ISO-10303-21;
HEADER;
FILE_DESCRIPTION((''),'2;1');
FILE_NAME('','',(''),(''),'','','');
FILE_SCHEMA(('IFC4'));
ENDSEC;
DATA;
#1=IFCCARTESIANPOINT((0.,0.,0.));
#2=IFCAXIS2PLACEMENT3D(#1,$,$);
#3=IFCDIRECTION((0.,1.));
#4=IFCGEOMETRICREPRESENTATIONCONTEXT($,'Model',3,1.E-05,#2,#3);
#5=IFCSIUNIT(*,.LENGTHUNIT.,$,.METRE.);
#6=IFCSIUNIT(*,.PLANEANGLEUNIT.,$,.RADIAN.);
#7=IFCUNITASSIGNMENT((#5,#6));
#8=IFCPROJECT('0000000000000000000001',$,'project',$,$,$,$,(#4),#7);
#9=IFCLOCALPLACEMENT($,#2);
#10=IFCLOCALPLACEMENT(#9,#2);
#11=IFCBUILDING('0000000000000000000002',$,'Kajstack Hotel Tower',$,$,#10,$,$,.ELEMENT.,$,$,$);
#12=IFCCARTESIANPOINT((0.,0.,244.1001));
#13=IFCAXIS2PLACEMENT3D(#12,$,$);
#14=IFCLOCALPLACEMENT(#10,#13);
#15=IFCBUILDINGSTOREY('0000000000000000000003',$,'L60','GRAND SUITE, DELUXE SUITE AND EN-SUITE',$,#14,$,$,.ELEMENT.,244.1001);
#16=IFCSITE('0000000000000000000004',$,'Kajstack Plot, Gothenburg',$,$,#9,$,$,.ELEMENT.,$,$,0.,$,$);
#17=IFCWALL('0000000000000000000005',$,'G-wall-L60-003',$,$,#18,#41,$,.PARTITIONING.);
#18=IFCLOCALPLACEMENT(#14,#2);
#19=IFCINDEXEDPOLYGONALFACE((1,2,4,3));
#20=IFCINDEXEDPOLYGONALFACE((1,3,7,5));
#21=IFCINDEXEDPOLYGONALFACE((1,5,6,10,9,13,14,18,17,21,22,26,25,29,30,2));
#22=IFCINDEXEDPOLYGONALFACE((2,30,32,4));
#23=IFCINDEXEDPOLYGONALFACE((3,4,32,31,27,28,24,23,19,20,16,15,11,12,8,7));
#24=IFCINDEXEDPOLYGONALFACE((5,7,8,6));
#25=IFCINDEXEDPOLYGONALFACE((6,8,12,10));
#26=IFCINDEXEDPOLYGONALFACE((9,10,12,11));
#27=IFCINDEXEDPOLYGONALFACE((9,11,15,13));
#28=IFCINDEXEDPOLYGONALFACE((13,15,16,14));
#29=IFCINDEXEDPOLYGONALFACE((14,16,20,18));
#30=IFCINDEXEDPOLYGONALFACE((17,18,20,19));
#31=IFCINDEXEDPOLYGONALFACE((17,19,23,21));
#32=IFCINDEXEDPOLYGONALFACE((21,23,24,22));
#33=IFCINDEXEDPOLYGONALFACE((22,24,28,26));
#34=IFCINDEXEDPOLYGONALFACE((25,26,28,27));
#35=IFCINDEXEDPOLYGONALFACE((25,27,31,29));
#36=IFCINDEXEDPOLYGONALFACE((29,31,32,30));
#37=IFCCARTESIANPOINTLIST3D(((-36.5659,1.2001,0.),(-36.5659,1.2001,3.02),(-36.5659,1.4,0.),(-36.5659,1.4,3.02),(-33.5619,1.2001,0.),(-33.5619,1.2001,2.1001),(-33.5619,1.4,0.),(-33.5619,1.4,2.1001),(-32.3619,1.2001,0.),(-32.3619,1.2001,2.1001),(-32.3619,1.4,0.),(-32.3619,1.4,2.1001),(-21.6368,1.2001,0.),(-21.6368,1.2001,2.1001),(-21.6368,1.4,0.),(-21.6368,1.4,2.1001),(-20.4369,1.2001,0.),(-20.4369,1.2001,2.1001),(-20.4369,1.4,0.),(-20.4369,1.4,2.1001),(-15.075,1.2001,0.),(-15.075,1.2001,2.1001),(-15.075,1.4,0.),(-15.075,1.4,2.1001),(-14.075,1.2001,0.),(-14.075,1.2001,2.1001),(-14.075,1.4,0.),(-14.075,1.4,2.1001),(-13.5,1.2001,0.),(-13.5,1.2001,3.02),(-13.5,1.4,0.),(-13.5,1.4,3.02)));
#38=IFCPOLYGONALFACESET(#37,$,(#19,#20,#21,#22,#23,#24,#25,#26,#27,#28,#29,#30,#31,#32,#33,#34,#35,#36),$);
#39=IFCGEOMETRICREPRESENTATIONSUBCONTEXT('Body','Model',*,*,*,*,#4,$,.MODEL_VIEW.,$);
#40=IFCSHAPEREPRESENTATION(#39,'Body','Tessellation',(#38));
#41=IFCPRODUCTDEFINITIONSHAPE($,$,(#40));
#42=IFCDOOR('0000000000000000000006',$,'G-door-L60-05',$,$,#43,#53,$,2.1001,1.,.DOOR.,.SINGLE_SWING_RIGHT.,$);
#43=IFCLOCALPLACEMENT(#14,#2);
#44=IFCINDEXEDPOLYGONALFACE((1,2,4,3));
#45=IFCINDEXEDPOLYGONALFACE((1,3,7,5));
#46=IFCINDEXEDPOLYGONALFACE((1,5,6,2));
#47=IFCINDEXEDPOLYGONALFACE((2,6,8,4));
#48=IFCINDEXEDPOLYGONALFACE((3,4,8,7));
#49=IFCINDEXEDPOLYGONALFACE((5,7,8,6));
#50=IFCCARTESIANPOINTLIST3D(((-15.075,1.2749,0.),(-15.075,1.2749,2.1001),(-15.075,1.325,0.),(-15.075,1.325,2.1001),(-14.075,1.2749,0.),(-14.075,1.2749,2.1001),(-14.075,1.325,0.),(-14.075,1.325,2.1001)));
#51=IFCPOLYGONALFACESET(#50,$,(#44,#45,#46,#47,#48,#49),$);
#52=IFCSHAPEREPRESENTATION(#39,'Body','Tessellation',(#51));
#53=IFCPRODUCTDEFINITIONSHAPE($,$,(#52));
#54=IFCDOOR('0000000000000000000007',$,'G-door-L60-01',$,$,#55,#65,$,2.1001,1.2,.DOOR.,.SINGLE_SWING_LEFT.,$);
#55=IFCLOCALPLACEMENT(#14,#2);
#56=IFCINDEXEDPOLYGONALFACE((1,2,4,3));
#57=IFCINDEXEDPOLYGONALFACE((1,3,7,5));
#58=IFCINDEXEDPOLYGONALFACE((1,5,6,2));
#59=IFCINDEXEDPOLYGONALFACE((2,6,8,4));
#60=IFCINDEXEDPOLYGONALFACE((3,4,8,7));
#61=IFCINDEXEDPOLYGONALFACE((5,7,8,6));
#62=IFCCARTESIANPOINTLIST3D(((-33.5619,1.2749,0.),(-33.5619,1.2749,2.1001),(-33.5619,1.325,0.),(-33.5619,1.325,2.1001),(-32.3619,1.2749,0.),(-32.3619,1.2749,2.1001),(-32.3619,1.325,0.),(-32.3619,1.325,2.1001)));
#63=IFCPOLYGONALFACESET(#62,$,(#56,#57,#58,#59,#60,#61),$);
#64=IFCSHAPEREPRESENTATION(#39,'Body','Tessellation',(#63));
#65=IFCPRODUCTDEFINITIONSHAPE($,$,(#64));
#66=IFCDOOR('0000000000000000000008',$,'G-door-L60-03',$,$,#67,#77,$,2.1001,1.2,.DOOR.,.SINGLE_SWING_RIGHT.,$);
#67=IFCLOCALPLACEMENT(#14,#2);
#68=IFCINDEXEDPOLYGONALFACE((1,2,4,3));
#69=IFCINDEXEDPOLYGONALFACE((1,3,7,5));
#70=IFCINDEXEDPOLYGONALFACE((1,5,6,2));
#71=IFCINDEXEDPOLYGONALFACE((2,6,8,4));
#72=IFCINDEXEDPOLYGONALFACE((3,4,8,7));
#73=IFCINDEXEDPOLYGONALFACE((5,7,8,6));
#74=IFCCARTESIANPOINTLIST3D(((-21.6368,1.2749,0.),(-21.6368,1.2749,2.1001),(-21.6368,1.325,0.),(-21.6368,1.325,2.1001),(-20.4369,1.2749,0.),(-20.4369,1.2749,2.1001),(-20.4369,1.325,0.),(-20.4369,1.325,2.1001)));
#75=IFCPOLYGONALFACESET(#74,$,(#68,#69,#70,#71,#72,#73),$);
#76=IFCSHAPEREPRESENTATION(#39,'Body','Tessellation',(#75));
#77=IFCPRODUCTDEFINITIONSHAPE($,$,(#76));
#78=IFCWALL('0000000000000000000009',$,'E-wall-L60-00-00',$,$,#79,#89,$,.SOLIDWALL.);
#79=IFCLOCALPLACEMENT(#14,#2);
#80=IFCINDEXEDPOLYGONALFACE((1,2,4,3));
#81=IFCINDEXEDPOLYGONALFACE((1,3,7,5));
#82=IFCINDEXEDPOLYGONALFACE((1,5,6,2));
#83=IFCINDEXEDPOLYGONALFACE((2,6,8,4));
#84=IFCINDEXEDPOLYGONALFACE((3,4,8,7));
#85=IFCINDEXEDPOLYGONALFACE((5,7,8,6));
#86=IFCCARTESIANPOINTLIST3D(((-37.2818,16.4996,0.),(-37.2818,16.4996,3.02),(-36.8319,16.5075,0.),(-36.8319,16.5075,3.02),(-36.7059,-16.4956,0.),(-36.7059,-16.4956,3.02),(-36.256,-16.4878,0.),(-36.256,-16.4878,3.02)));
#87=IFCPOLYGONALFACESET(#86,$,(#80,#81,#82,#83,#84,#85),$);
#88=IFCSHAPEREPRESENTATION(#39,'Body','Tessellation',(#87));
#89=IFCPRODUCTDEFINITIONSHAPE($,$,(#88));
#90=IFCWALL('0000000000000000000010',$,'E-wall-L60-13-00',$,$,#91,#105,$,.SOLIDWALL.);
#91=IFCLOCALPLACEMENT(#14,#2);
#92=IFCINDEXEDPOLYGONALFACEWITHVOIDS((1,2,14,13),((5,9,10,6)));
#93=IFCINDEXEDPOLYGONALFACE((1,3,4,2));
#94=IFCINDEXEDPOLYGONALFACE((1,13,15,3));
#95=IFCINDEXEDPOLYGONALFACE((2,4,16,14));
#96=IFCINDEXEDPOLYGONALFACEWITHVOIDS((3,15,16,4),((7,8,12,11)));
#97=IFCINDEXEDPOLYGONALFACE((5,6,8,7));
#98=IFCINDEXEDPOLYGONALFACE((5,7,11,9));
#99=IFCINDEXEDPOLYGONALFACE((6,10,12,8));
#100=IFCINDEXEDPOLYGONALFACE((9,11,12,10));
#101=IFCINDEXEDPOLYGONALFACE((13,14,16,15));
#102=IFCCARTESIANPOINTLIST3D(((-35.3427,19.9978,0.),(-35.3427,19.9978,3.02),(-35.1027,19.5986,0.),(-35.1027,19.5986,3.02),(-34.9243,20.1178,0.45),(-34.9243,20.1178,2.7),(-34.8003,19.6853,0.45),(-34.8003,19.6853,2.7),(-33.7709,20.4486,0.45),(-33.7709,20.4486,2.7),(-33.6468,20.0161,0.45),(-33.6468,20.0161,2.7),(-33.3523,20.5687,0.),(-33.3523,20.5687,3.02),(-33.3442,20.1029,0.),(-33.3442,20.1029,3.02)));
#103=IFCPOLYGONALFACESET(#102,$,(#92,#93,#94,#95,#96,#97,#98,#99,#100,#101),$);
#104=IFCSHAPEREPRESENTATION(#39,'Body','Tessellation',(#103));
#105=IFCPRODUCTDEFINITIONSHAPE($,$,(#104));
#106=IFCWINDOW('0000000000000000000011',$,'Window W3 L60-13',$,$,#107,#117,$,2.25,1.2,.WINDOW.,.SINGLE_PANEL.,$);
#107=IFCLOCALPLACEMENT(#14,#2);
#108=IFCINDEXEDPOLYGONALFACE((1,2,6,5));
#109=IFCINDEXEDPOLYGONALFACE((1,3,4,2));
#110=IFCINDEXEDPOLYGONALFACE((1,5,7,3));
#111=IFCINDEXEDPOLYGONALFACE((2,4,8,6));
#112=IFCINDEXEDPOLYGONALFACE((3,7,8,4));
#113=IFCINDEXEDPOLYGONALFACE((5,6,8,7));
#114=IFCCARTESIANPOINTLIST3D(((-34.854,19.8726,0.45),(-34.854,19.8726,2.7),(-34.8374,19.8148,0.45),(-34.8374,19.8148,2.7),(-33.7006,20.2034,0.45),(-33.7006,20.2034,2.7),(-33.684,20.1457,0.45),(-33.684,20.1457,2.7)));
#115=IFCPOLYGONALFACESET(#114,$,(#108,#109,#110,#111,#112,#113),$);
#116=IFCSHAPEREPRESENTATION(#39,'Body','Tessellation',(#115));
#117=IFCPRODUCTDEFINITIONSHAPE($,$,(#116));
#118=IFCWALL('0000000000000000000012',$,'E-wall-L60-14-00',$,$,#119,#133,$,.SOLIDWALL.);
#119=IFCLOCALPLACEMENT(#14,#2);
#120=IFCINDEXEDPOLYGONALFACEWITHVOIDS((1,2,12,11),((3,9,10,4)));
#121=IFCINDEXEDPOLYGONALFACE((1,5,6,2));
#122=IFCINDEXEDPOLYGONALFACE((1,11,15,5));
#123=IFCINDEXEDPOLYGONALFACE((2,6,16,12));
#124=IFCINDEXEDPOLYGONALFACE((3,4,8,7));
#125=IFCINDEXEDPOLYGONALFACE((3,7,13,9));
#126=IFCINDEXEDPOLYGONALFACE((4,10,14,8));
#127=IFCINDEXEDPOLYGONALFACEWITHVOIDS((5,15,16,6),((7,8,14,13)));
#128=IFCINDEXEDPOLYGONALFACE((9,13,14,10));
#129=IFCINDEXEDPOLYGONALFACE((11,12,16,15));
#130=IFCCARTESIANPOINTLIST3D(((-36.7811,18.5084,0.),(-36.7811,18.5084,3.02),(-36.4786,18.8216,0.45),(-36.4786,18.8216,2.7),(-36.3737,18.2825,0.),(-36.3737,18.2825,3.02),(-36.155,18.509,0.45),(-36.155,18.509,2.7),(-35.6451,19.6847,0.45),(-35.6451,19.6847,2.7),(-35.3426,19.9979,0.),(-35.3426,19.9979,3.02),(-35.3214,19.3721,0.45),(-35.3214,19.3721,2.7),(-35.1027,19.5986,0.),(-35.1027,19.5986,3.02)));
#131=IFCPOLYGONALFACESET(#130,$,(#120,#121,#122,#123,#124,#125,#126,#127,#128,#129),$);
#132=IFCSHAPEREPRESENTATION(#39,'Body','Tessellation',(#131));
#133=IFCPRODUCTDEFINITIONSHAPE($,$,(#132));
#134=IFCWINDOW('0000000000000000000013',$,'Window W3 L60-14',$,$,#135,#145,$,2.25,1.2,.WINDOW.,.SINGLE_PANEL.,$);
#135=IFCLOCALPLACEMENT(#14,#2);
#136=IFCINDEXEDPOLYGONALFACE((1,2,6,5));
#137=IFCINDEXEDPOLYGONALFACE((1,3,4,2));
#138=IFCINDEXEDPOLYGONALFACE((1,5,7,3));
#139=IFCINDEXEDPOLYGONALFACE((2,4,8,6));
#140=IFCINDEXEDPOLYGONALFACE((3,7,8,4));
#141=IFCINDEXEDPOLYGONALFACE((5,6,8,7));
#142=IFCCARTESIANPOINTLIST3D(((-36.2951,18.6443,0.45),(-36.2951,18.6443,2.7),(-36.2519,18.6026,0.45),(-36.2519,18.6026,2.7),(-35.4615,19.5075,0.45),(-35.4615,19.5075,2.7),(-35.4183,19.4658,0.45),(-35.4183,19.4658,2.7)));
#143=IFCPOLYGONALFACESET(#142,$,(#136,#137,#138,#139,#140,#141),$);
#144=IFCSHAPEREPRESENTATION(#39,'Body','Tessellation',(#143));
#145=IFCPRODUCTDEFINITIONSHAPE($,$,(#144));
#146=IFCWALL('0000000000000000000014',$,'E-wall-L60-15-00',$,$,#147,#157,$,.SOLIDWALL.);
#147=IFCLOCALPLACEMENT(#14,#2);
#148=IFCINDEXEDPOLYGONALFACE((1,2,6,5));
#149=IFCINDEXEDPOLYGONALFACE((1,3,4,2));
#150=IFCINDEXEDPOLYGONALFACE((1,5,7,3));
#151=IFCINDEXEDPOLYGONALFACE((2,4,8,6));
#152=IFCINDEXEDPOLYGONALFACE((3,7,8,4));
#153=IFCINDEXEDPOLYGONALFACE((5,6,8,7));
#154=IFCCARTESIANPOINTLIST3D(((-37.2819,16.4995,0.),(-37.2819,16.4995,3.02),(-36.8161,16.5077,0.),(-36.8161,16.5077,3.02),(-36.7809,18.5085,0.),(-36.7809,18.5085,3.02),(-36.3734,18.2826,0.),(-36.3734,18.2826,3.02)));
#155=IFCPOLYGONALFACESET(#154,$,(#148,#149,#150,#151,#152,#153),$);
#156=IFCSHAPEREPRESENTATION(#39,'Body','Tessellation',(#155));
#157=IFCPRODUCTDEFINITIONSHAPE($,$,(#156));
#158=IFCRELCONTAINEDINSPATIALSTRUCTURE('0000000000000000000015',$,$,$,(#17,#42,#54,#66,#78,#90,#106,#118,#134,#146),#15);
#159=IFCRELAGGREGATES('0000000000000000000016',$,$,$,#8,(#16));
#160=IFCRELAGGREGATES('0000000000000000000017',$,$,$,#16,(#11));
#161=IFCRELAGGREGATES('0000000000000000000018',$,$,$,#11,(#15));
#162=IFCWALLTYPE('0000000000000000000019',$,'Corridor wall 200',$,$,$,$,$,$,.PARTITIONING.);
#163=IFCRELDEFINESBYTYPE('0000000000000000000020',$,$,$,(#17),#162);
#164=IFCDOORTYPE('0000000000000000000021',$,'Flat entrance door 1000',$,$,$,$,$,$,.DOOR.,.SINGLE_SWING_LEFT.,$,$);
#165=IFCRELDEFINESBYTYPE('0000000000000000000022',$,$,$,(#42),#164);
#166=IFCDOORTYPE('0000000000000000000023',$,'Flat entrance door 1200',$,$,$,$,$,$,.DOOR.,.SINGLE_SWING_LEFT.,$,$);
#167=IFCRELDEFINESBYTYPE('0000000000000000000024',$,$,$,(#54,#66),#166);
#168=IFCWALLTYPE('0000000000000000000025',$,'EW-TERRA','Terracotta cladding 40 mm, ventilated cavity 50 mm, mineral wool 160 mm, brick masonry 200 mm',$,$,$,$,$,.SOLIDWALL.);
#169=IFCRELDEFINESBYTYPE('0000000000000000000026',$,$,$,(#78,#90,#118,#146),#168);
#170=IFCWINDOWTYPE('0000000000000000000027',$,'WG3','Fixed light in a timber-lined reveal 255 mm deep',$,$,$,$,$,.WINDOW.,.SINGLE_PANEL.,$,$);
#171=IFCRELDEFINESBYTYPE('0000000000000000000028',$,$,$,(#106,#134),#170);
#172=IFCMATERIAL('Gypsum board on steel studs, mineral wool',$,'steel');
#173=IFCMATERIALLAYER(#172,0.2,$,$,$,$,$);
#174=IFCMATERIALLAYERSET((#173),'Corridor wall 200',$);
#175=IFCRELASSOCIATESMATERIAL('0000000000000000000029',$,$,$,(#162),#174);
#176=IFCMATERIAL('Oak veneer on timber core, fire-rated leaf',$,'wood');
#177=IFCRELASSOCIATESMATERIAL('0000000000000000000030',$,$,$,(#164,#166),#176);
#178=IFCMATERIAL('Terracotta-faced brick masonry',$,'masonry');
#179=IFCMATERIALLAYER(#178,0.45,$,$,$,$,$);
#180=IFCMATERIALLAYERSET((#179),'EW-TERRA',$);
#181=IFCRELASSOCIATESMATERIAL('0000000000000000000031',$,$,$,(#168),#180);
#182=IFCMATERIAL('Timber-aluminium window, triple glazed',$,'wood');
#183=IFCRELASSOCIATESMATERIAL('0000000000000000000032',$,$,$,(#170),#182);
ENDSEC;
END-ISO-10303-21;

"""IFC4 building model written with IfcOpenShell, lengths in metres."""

from ifc_helpers import new_model, si_unit, direction, frame, frame_2d, origin, place, context, subcontext, project, spatial, polyline, rectangle, outline, extrude, material, layer, layer_set, type_object, element, fill, save


model = new_model("IFC4")

# Units and contexts
model_context = context("Model", 3, precision=1e-05, world=origin(), true_north=direction((0.0, 1.0)))
body_context = subcontext(model_context, "Body", "Model", "MODEL_VIEW")
ifc_project = project(units=[si_unit("LENGTHUNIT", "METRE"), si_unit("PLANEANGLEUNIT", "RADIAN")], contexts=[model_context])

# Site, building, storey
site_placement = place(None, origin())
site = spatial("IfcSite", under=ifc_project, at=site_placement, Name="Kajstack Plot, Gothenburg", CompositionType="ELEMENT", RefElevation=0.0)
building_placement = place(site_placement, origin())
building = spatial("IfcBuilding", under=site, at=building_placement, Name="Kajstack Hotel Tower", CompositionType="ELEMENT")
storey_placement = place(building_placement, frame((0.0, 0.0, 244.1001)))
storey = spatial("IfcBuildingStorey", under=building, at=storey_placement, Name="L60", Description="GRAND SUITE, DELUXE SUITE AND EN-SUITE", CompositionType="ELEMENT", Elevation=244.1001)

# Wall, openings, doors
ifc_material_1 = material(Name="Gypsum board on steel studs, mineral wool", Category="steel")
ifc_layer_1 = layer(ifc_material_1, 0.2)
ifc_layer_set_1 = layer_set([ifc_layer_1], Name="Corridor wall 200")
wall_type_1 = type_object("IfcWallType", Name="Corridor wall 200", PredefinedType="PARTITIONING", material=ifc_layer_set_1)
wall_1_placement = place(storey_placement, frame((-36.5659, 1.3, 0.0), z_axis=(0.0, 0.0, 1.0), x_axis=(1.0, 0.0, 0.0)))
wall_1 = element("IfcWall", 1, at=wall_1_placement, inside=storey, type_object=wall_type_1, Name="G-wall-L60-003", PredefinedType="PARTITIONING", context=body_context, shape_type="SweptSolid", body=[
    extrude(rectangle(XDim=23.0659, YDim=0.2, at=frame_2d((11.533, 0.0))), origin(), (0.0, 0.0, 1.0), 3.02),
])
opening_1_placement = place(wall_1_placement, frame((3.0039, 0.0, 0.0)))
opening_1 = element("IfcOpeningElement", 2, at=opening_1_placement, cuts=wall_1, PredefinedType="OPENING", context=body_context, shape_type="SweptSolid", body=[
    extrude(rectangle(XDim=1.2, YDim=2.1001, at=frame_2d((0.6001, 1.05))), frame((0.0, 0.1099, 0.0), z_axis=(0.0, -1.0, 0.0), x_axis=(1.0, 0.0, 0.0)), (0.0, 0.0, 1.0), 0.22),
])
opening_2_placement = place(wall_1_placement, frame((14.929, 0.0, 0.0)))
opening_2 = element("IfcOpeningElement", 3, at=opening_2_placement, cuts=wall_1, PredefinedType="OPENING", context=body_context, shape_type="SweptSolid", body=[
    extrude(rectangle(XDim=1.2, YDim=2.1001, at=frame_2d((0.6001, 1.05))), frame((0.0, 0.1099, 0.0), z_axis=(0.0, -1.0, 0.0), x_axis=(1.0, 0.0, 0.0)), (0.0, 0.0, 1.0), 0.22),
])
opening_3_placement = place(wall_1_placement, frame((21.491, 0.0, 0.0)))
opening_3 = element("IfcOpeningElement", 4, at=opening_3_placement, cuts=wall_1, PredefinedType="OPENING", context=body_context, shape_type="SweptSolid", body=[
    extrude(rectangle(XDim=1.0, YDim=2.1001, at=frame_2d((0.5, 1.05))), frame((0.0, 0.1099, 0.0), z_axis=(0.0, -1.0, 0.0), x_axis=(1.0, 0.0, 0.0)), (0.0, 0.0, 1.0), 0.22),
])
ifc_material_2 = material(Name="Oak veneer on timber core, fire-rated leaf", Category="wood")
door_type_1 = type_object("IfcDoorType", Name="Flat entrance door 1000", OperationType="SINGLE_SWING_LEFT", PredefinedType="DOOR", material=ifc_material_2)
door_1_placement = place(opening_3_placement, origin())
door_1 = element("IfcDoor", 5, at=door_1_placement, inside=storey, type_object=door_type_1, Name="G-door-L60-05", OperationType="SINGLE_SWING_RIGHT", OverallHeight=2.1001, OverallWidth=1.0, PredefinedType="DOOR", context=body_context, shape_type="SweptSolid", body=[
    extrude(rectangle(XDim=1.0, YDim=2.1001, at=frame_2d((0.5, 1.05))), frame((0.0, 0.0249, 0.0), z_axis=(0.0, -1.0, 0.0), x_axis=(1.0, 0.0, 0.0)), (0.0, 0.0, 1.0), 0.05),
])
fill(opening_3, door_1)
door_type_2 = type_object("IfcDoorType", Name="Flat entrance door 1200", OperationType="SINGLE_SWING_LEFT", PredefinedType="DOOR", material=ifc_material_2)
door_2_placement = place(opening_1_placement, origin())
door_2 = element("IfcDoor", 6, at=door_2_placement, inside=storey, type_object=door_type_2, Name="G-door-L60-01", OperationType="SINGLE_SWING_LEFT", OverallHeight=2.1001, OverallWidth=1.2, PredefinedType="DOOR", context=body_context, shape_type="SweptSolid", body=[
    extrude(rectangle(XDim=1.2, YDim=2.1001, at=frame_2d((0.6001, 1.05))), frame((0.0, 0.0249, 0.0), z_axis=(0.0, -1.0, 0.0), x_axis=(1.0, 0.0, 0.0)), (0.0, 0.0, 1.0), 0.05),
])
fill(opening_1, door_2)
door_3_placement = place(opening_2_placement, origin())
door_3 = element("IfcDoor", 7, at=door_3_placement, inside=storey, type_object=door_type_2, Name="G-door-L60-03", OperationType="SINGLE_SWING_RIGHT", OverallHeight=2.1001, OverallWidth=1.2, PredefinedType="DOOR", context=body_context, shape_type="SweptSolid", body=[
    extrude(rectangle(XDim=1.2, YDim=2.1001, at=frame_2d((0.6001, 1.05))), frame((0.0, 0.0249, 0.0), z_axis=(0.0, -1.0, 0.0), x_axis=(1.0, 0.0, 0.0)), (0.0, 0.0, 1.0), 0.05),
])
fill(opening_2, door_3)

# Wall
ifc_material_3 = material(Name="Terracotta-faced brick masonry", Category="masonry")
ifc_layer_2 = layer(ifc_material_3, 0.45)
ifc_layer_set_2 = layer_set([ifc_layer_2], Name="EW-TERRA")
wall_type_2 = type_object("IfcWallType", Name="EW-TERRA", Description="Terracotta cladding 40 mm, ventilated cavity 50 mm, mineral wool 160 mm, brick masonry 200 mm", PredefinedType="SOLIDWALL", material=ifc_layer_set_2)
wall_2_placement = place(storey_placement, frame((-37.0569, 16.5034, 0.0), z_axis=(0.0, 0.0, 1.0), x_axis=(0.017452, -0.999848, 0.0)))
element("IfcWall", 8, at=wall_2_placement, inside=storey, type_object=wall_type_2, Name="E-wall-L60-00-00", PredefinedType="SOLIDWALL", context=body_context, shape_type="SweptSolid", body=[
    extrude(rectangle(XDim=33.0002, YDim=0.45, at=frame_2d((16.5, 0.0))), origin(), (0.0, 0.0, 1.0), 3.02),
])

# Walls, openings, windows
wall_3_placement = place(storey_placement, frame((-33.2903, 20.3523, 0.0), z_axis=(0.0, 0.0, 1.0), x_axis=(-0.961248, -0.275687, 0.0)))
wall_3 = element("IfcWall", 9, at=wall_3_placement, inside=storey, type_object=wall_type_2, Name="E-wall-L60-13-00", PredefinedType="SOLIDWALL", context=body_context, shape_type="SweptSolid", body=[
    extrude(outline(polyline([(0.0, -0.2251), (2.0706, -0.2251), (1.95, 0.2249), (0.1206, 0.2249), (0.0, -0.2251)])), origin(), (0.0, 0.0, 1.0), 3.02),
])
opening_4_placement = place(wall_3_placement, frame((0.4353, 0.0, 0.45)))
opening_4 = element("IfcOpeningElement", 10, at=opening_4_placement, cuts=wall_3, PredefinedType="OPENING", context=body_context, shape_type="SweptSolid", body=[
    extrude(rectangle(XDim=1.2, YDim=2.25, at=frame_2d((0.6001, 1.125))), frame((0.0, 0.2349, 0.0), z_axis=(0.0, -1.0, 0.0), x_axis=(1.0, 0.0, 0.0)), (0.0, 0.0, 1.0), 0.47),
])
ifc_material_4 = material(Name="Timber-aluminium window, triple glazed", Category="wood")
window_type = type_object("IfcWindowType", Name="WG3", Description="Fixed light in a timber-lined reveal 255 mm deep", PartitioningType="SINGLE_PANEL", PredefinedType="WINDOW", material=ifc_material_4)
window_1_placement = place(opening_4_placement, origin())
window_1 = element("IfcWindow", 11, at=window_1_placement, inside=storey, type_object=window_type, Name="Window W3 L60-13", OverallHeight=2.25, OverallWidth=1.2, PartitioningType="SINGLE_PANEL", PredefinedType="WINDOW", context=body_context, shape_type="SweptSolid", body=[
    extrude(rectangle(XDim=1.2, YDim=2.25, at=frame_2d((0.6001, 1.125))), frame((0.0, 0.0901, 0.0), z_axis=(0.0, -1.0, 0.0), x_axis=(1.0, 0.0, 0.0)), (0.0, 0.0, 1.0), 0.0601),
])
fill(opening_4, window_1)
wall_4_placement = place(storey_placement, frame((-35.1807, 19.8416, 0.0), z_axis=(0.0, 0.0, 1.0), x_axis=(-0.694679, -0.71932, 0.0)))
wall_4 = element("IfcWall", 12, at=wall_4_placement, inside=storey, type_object=wall_type_2, Name="E-wall-L60-14-00", PredefinedType="SOLIDWALL", context=body_context, shape_type="SweptSolid", body=[
    extrude(outline(polyline([(0.0, -0.2251), (2.0708, -0.2251), (1.9502, 0.2249), (0.1206, 0.2249), (0.0, -0.2251)])), origin(), (0.0, 0.0, 1.0), 3.02),
])
opening_5_placement = place(wall_4_placement, frame((0.4353, 0.0, 0.45)))
opening_5 = element("IfcOpeningElement", 13, at=opening_5_placement, cuts=wall_4, PredefinedType="OPENING", context=body_context, shape_type="SweptSolid", body=[
    extrude(rectangle(XDim=1.2, YDim=2.25, at=frame_2d((0.6001, 1.125))), frame((0.0, 0.2349, 0.0), z_axis=(0.0, -1.0, 0.0), x_axis=(1.0, 0.0, 0.0)), (0.0, 0.0, 1.0), 0.47),
])
window_2_placement = place(opening_5_placement, origin())
window_2 = element("IfcWindow", 14, at=window_2_placement, inside=storey, type_object=window_type, Name="Window W3 L60-14", OverallHeight=2.25, OverallWidth=1.2, PartitioningType="SINGLE_PANEL", PredefinedType="WINDOW", context=body_context, shape_type="SweptSolid", body=[
    extrude(rectangle(XDim=1.2, YDim=2.25, at=frame_2d((0.6001, 1.125))), frame((0.0, 0.0901, 0.0), z_axis=(0.0, -1.0, 0.0), x_axis=(1.0, 0.0, 0.0)), (0.0, 0.0, 1.0), 0.0601),
])
fill(opening_5, window_2)

# Wall
wall_5_placement = place(storey_placement, frame((-36.5627, 18.4539, 0.0), z_axis=(0.0, 0.0, 1.0), x_axis=(-0.24187, -0.970309, 0.0)))
element("IfcWall", 15, at=wall_5_placement, inside=storey, type_object=wall_type_2, Name="E-wall-L60-15-00", PredefinedType="SOLIDWALL", context=body_context, shape_type="SweptSolid", body=[
    extrude(outline(polyline([(-0.0002, -0.2249), (2.0703, -0.2251), (1.9497, 0.2249), (0.1204, 0.2251), (-0.0002, -0.2249)])), origin(), (0.0, 0.0, 1.0), 3.02),
])

save(model, "model.ifc")
